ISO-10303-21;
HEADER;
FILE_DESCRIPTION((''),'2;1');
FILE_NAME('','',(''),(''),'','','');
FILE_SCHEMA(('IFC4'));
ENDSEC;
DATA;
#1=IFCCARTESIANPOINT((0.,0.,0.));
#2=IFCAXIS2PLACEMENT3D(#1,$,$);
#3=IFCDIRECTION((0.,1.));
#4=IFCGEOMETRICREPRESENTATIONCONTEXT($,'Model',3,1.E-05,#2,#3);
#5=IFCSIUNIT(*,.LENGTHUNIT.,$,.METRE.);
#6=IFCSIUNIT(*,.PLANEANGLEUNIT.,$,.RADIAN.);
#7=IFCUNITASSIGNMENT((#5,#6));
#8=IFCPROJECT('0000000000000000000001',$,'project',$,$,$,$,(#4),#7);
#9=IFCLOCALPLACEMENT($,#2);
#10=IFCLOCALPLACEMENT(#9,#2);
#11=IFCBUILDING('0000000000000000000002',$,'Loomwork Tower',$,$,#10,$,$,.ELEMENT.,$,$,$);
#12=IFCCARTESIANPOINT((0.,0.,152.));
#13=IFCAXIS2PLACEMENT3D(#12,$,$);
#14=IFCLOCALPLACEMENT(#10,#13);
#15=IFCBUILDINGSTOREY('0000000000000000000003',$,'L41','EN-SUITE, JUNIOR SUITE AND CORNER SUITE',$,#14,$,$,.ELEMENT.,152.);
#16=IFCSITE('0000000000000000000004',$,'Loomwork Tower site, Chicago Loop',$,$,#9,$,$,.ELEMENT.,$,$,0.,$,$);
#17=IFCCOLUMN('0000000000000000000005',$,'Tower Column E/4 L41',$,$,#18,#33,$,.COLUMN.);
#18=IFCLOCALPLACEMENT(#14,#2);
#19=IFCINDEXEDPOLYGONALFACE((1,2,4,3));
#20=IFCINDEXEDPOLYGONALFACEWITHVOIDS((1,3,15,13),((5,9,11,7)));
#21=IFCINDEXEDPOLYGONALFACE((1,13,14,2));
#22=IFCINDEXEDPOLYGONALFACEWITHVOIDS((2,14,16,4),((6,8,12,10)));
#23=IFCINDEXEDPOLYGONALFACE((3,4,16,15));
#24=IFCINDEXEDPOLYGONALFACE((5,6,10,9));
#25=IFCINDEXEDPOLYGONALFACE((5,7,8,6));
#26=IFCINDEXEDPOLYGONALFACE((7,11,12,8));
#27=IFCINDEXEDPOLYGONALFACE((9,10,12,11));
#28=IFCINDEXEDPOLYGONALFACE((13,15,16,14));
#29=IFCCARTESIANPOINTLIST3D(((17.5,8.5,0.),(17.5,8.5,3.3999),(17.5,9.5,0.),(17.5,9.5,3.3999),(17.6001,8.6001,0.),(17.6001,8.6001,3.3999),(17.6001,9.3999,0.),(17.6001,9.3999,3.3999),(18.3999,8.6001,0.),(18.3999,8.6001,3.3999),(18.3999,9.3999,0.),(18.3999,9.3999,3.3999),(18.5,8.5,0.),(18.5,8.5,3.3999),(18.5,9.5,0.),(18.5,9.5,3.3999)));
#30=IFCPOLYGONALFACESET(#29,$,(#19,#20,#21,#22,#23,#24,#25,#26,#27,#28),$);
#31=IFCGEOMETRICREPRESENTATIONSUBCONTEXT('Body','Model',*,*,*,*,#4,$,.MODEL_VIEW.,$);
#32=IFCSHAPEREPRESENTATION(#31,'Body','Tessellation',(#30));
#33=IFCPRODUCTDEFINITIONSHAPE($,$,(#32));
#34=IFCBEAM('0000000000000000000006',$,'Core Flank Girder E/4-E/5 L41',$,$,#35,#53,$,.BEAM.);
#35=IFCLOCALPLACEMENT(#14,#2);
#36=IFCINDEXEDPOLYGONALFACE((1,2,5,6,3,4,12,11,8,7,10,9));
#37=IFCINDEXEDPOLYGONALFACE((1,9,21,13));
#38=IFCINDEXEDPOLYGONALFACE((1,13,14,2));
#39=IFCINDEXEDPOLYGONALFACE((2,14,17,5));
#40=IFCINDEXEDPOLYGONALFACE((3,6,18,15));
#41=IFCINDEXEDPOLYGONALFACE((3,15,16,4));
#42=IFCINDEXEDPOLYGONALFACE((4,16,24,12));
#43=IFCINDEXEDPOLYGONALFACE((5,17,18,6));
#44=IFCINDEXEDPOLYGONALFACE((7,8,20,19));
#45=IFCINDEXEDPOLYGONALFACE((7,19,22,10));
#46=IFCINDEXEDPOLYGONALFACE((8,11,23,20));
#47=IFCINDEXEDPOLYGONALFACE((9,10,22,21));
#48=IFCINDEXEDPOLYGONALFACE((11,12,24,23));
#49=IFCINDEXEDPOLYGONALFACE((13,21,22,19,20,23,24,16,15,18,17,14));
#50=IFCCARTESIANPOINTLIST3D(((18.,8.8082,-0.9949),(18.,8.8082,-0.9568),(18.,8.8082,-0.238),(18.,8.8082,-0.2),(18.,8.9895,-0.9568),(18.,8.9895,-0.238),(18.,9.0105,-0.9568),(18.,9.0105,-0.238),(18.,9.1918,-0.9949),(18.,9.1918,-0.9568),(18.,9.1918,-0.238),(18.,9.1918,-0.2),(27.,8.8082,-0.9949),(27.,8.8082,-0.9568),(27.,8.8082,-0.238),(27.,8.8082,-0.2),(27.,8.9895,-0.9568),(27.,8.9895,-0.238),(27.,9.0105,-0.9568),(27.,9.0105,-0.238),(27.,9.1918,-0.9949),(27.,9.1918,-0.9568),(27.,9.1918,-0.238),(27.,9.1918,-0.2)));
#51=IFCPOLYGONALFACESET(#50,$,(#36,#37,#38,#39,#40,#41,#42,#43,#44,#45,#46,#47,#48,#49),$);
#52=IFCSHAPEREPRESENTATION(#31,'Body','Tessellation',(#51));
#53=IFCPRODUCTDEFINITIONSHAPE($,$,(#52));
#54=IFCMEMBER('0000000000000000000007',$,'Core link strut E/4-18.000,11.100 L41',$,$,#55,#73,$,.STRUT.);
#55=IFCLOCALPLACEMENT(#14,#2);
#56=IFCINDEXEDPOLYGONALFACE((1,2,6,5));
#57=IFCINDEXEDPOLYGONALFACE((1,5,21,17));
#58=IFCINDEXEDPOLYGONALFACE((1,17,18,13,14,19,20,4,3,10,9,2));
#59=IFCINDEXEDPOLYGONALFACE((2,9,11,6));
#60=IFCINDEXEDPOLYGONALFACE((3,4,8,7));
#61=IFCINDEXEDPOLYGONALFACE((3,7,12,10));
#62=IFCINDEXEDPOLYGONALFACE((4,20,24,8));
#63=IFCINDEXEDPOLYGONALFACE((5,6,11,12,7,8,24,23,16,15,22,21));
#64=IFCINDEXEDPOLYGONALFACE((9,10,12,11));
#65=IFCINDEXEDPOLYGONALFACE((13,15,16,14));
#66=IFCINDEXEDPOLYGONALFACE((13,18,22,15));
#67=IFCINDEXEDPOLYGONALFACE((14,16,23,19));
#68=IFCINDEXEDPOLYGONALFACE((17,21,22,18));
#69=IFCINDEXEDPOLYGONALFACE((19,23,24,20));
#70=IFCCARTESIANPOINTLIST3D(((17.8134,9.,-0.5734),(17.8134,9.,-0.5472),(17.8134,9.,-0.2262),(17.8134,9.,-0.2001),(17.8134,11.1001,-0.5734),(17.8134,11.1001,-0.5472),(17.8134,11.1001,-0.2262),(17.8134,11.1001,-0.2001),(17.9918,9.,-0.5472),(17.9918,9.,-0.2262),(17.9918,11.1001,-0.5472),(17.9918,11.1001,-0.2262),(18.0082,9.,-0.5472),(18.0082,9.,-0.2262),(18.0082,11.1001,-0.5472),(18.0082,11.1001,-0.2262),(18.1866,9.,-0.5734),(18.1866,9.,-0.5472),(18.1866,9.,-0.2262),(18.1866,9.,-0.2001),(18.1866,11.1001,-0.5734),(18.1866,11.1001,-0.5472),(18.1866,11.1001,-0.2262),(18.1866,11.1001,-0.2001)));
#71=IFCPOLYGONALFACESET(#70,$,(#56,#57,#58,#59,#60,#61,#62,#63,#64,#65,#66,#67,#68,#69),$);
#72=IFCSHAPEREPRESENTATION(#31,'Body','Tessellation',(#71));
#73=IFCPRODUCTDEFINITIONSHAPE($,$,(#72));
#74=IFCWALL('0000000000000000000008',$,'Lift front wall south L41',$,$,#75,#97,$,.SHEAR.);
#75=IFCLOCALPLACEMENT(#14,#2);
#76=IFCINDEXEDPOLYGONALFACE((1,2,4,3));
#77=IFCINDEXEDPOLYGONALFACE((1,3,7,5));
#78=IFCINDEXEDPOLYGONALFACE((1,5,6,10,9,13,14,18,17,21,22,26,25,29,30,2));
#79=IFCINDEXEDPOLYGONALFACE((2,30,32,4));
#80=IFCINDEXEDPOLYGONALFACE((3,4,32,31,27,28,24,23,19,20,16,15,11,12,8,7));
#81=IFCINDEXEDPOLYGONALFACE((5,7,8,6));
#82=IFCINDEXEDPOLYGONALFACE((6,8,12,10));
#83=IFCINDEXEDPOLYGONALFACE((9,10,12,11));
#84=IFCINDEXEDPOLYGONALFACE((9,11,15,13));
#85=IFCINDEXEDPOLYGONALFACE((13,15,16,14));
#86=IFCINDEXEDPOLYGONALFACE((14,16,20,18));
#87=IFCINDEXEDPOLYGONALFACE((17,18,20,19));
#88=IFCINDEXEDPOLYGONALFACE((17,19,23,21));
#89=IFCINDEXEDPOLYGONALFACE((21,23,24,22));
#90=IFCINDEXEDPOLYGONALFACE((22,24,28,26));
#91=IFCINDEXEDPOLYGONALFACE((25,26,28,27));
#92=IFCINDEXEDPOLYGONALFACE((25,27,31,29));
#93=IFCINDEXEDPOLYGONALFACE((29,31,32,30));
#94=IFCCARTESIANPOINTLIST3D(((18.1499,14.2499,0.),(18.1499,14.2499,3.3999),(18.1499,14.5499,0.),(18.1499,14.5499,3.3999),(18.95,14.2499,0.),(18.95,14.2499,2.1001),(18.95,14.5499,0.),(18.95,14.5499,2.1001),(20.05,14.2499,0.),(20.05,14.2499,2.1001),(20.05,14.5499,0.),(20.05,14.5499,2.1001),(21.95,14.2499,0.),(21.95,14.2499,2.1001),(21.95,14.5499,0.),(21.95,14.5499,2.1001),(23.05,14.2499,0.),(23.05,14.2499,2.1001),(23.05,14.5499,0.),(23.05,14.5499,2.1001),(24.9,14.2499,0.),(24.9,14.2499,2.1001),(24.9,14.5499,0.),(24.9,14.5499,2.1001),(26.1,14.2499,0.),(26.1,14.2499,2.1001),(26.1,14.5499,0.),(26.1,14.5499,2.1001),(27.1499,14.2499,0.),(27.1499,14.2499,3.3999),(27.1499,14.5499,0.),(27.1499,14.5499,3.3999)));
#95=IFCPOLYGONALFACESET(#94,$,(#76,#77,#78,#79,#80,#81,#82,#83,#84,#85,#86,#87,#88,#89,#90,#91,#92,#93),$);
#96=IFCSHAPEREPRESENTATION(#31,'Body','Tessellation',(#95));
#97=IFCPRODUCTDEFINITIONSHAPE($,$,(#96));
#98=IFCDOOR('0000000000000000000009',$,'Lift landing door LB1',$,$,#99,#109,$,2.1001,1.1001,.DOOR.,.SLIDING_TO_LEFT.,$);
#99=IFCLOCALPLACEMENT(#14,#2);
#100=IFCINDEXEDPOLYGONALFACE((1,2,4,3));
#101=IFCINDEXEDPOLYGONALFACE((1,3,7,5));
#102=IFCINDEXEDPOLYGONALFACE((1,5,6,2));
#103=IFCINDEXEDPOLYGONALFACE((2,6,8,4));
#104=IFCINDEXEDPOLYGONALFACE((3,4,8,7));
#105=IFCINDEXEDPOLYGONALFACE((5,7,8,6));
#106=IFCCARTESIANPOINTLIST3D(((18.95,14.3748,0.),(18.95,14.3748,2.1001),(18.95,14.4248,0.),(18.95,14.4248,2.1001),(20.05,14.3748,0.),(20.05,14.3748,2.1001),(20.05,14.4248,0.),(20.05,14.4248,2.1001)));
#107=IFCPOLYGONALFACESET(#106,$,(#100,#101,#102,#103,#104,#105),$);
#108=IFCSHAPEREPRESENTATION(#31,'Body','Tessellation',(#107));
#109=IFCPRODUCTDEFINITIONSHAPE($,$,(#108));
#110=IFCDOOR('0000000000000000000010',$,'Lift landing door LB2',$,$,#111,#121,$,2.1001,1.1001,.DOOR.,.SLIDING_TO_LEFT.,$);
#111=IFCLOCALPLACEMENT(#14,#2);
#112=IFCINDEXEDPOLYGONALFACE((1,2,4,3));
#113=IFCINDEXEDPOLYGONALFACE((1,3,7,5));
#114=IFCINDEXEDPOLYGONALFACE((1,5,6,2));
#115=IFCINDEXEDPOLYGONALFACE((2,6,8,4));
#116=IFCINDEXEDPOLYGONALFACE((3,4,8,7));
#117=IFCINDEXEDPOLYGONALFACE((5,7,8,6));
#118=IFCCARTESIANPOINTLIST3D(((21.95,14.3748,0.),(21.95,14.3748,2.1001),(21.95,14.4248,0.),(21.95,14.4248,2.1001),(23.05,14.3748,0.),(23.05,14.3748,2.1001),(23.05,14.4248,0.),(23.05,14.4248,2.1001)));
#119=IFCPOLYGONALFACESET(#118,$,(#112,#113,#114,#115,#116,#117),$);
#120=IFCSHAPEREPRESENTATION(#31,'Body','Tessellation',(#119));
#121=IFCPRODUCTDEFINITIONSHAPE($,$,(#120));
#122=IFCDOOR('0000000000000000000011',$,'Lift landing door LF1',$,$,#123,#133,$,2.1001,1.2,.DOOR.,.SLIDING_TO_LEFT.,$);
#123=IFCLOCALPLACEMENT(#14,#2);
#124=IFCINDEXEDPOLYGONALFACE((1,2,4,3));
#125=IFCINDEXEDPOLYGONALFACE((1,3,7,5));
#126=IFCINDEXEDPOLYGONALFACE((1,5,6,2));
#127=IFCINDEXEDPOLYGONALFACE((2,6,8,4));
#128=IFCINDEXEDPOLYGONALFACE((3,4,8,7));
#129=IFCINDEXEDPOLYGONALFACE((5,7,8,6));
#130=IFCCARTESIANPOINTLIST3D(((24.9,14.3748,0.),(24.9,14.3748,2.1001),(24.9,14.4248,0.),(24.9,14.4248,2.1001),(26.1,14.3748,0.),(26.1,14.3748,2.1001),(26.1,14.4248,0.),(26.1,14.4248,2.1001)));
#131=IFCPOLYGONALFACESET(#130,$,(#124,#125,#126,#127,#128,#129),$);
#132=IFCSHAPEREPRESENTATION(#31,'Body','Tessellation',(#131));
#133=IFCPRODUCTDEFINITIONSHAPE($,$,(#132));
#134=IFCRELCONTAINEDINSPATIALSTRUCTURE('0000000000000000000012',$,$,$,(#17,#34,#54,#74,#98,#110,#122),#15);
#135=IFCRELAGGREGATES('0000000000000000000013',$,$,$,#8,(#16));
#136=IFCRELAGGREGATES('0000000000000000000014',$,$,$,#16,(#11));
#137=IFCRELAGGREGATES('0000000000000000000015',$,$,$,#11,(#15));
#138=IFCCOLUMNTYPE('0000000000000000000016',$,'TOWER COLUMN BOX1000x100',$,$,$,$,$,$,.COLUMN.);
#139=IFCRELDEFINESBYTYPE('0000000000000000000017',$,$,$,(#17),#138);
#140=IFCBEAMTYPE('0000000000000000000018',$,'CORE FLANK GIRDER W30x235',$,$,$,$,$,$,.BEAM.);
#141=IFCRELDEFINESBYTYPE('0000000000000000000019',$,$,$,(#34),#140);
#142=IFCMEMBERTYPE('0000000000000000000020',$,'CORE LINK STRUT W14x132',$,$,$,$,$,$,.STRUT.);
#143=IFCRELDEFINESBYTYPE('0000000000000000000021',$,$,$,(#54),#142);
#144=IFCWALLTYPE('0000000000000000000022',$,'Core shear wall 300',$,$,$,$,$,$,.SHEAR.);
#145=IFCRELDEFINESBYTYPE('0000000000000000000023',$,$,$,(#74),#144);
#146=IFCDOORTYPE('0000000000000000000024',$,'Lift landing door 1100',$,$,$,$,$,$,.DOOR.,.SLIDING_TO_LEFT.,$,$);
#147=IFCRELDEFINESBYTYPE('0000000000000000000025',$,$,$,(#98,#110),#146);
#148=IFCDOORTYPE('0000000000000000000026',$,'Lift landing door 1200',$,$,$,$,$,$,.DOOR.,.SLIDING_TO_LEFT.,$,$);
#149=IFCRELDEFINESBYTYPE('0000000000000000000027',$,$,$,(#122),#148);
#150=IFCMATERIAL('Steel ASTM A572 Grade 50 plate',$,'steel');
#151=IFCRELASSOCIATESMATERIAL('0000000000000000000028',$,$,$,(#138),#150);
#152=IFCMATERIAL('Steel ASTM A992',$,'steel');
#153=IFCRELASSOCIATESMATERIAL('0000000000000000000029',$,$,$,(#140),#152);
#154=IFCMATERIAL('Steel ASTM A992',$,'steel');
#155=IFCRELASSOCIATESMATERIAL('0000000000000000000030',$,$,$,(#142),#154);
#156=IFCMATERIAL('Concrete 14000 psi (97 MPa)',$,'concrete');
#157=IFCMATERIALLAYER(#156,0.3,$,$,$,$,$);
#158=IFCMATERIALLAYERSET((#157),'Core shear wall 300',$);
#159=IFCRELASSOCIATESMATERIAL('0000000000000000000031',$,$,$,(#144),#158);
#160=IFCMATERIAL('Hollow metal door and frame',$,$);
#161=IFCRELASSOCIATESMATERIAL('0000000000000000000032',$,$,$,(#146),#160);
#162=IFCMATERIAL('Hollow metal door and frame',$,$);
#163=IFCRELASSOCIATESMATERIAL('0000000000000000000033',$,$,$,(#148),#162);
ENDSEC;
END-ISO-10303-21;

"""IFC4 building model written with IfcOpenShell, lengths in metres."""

from ifc_helpers import new_model, si_unit, direction, frame, frame_2d, origin, origin_2d, place, context, subcontext, project, spatial, rectangle, hollow_rectangle, i_section, extrude, material, layer, layer_set, material_profile, profile_set, type_object, element, fill, save


model = new_model("IFC4")

# Units and contexts
model_context = context("Model", 3, precision=1e-05, world=origin(), true_north=direction((0.0, 1.0)))
body_context = subcontext(model_context, "Body", "Model", "MODEL_VIEW")
ifc_project = project(units=[si_unit("LENGTHUNIT", "METRE"), si_unit("PLANEANGLEUNIT", "RADIAN")], contexts=[model_context])

# Site, building, storey
site_placement = place(None, origin())
site = spatial("IfcSite", under=ifc_project, at=site_placement, Name="Loomwork Tower site, Chicago Loop", CompositionType="ELEMENT", RefElevation=0.0)
building_placement = place(site_placement, origin())
building = spatial("IfcBuilding", under=site, at=building_placement, Name="Loomwork Tower", CompositionType="ELEMENT")
storey_placement = place(building_placement, frame((0.0, 0.0, 152.0)))
storey = spatial("IfcBuildingStorey", under=building, at=storey_placement, Name="L41", Description="EN-SUITE, JUNIOR SUITE AND CORNER SUITE", CompositionType="ELEMENT", Elevation=152.0)

# Column
ifc_material_1 = material(Name="Steel ASTM A572 Grade 50 plate", Category="steel")
ifc_material_profile_1 = material_profile(ifc_material_1, hollow_rectangle(XDim=1.0, YDim=1.0, WallThickness=0.1001, at=origin_2d()), Name="BOX1000x100")
ifc_profile_set_1 = profile_set([ifc_material_profile_1], Name="Steel ASTM A572 Grade 50 plate")
column_type = type_object("IfcColumnType", Name="TOWER COLUMN BOX1000x100", PredefinedType="COLUMN", material=ifc_profile_set_1)
column_placement = place(storey_placement, frame((18.0, 9.0, 0.0), z_axis=(0.0, 0.0, 1.0), x_axis=(1.0, 0.0, 0.0)))
element("IfcColumn", 1, at=column_placement, inside=storey, type_object=column_type, Name="Tower Column E/4 L41", PredefinedType="COLUMN", context=body_context, shape_type="SweptSolid", body=[
    extrude(hollow_rectangle(XDim=1.0, YDim=1.0, WallThickness=0.1001, at=origin_2d()), origin(), (0.0, 0.0, 1.0), 3.3999),
])

# Beam
ifc_material_2 = material(Name="Steel ASTM A992", Category="steel")
ifc_material_profile_2 = material_profile(ifc_material_2, i_section(OverallWidth=0.3835, OverallDepth=0.7949, WebThickness=0.021, FlangeThickness=0.0381, at=origin_2d()), Name="W30x235")
ifc_profile_set_2 = profile_set([ifc_material_profile_2], Name="Steel ASTM A992")
beam_type = type_object("IfcBeamType", Name="CORE FLANK GIRDER W30x235", PredefinedType="BEAM", material=ifc_profile_set_2)
beam_placement = place(storey_placement, frame((18.0, 9.0, -0.5974), z_axis=(1.0, 0.0, 0.0), x_axis=(0.0, 1.0, 0.0)))
element("IfcBeam", 2, at=beam_placement, inside=storey, type_object=beam_type, Name="Core Flank Girder E/4-E/5 L41", PredefinedType="BEAM", context=body_context, shape_type="SweptSolid", body=[
    extrude(i_section(OverallWidth=0.3835, OverallDepth=0.7949, WebThickness=0.021, FlangeThickness=0.0381, at=origin_2d()), origin(), (0.0, 0.0, 1.0), 9.0),
])

# Member
ifc_material_3 = material(Name="Steel ASTM A992", Category="steel")
ifc_material_profile_3 = material_profile(ifc_material_3, i_section(OverallWidth=0.3733, OverallDepth=0.3733, WebThickness=0.0164, FlangeThickness=0.0261, at=origin_2d()), Name="W14x132")
ifc_profile_set_3 = profile_set([ifc_material_profile_3], Name="Steel ASTM A992")
member_type = type_object("IfcMemberType", Name="CORE LINK STRUT W14x132", PredefinedType="STRUT", material=ifc_profile_set_3)
member_placement = place(storey_placement, frame((18.0, 9.0, -0.3867), z_axis=(0.0, 1.0, 0.0), x_axis=(-1.0, 0.0, 0.0)))
element("IfcMember", 3, at=member_placement, inside=storey, type_object=member_type, Name="Core link strut E/4-18.000,11.100 L41", PredefinedType="STRUT", context=body_context, shape_type="SweptSolid", body=[
    extrude(i_section(OverallWidth=0.3733, OverallDepth=0.3733, WebThickness=0.0164, FlangeThickness=0.0261, at=origin_2d()), origin(), (0.0, 0.0, 1.0), 2.1001),
])

# Wall, openings, doors
ifc_material_4 = material(Name="Concrete 14000 psi (97 MPa)", Category="concrete")
ifc_layer_1 = layer(ifc_material_4, 0.3)
ifc_layer_set_1 = layer_set([ifc_layer_1], Name="Core shear wall 300")
wall_type_1 = type_object("IfcWallType", Name="Core shear wall 300", PredefinedType="SHEAR", material=ifc_layer_set_1)
wall_1_placement = place(storey_placement, frame((18.1499, 14.3999, 0.0), z_axis=(0.0, 0.0, 1.0), x_axis=(1.0, 0.0, 0.0)))
wall_1 = element("IfcWall", 4, at=wall_1_placement, inside=storey, type_object=wall_type_1, Name="Lift front wall south L41", PredefinedType="SHEAR", context=body_context, shape_type="SweptSolid", body=[
    extrude(rectangle(XDim=9.0, YDim=0.3, at=frame_2d((4.5, 0.0))), origin(), (0.0, 0.0, 1.0), 3.3999),
])
opening_1_placement = place(wall_1_placement, frame((0.8, 0.0, 0.0)))
opening_1 = element("IfcOpeningElement", 5, at=opening_1_placement, cuts=wall_1, PredefinedType="OPENING", context=body_context, shape_type="SweptSolid", body=[
    extrude(rectangle(XDim=1.1001, YDim=2.1001, at=frame_2d((0.55, 1.05))), frame((0.0, 0.1599, 0.0), z_axis=(0.0, -1.0, 0.0), x_axis=(1.0, 0.0, 0.0)), (0.0, 0.0, 1.0), 0.3201),
])
opening_2_placement = place(wall_1_placement, frame((3.8, 0.0, 0.0)))
opening_2 = element("IfcOpeningElement", 6, at=opening_2_placement, cuts=wall_1, PredefinedType="OPENING", context=body_context, shape_type="SweptSolid", body=[
    extrude(rectangle(XDim=1.1001, YDim=2.1001, at=frame_2d((0.55, 1.05))), frame((0.0, 0.1599, 0.0), z_axis=(0.0, -1.0, 0.0), x_axis=(1.0, 0.0, 0.0)), (0.0, 0.0, 1.0), 0.3201),
])
opening_3_placement = place(wall_1_placement, frame((6.75, 0.0, 0.0)))
opening_3 = element("IfcOpeningElement", 7, at=opening_3_placement, cuts=wall_1, PredefinedType="OPENING", context=body_context, shape_type="SweptSolid", body=[
    extrude(rectangle(XDim=1.2, YDim=2.1001, at=frame_2d((0.6001, 1.05))), frame((0.0, 0.1599, 0.0), z_axis=(0.0, -1.0, 0.0), x_axis=(1.0, 0.0, 0.0)), (0.0, 0.0, 1.0), 0.3201),
])
ifc_material_5 = material(Name="Hollow metal door and frame")
door_type_1 = type_object("IfcDoorType", Name="Lift landing door 1100", OperationType="SLIDING_TO_LEFT", PredefinedType="DOOR", material=ifc_material_5)
door_1_placement = place(opening_1_placement, origin())
door_1 = element("IfcDoor", 8, at=door_1_placement, inside=storey, type_object=door_type_1, Name="Lift landing door LB1", OperationType="SLIDING_TO_LEFT", OverallHeight=2.1001, OverallWidth=1.1001, PredefinedType="DOOR", context=body_context, shape_type="SweptSolid", body=[
    extrude(rectangle(XDim=1.1001, YDim=2.1001, at=frame_2d((0.55, 1.05))), frame((0.0, 0.0249, 0.0), z_axis=(0.0, -1.0, 0.0), x_axis=(1.0, 0.0, 0.0)), (0.0, 0.0, 1.0), 0.05),
])
fill(opening_1, door_1)
door_2_placement = place(opening_2_placement, origin())
door_2 = element("IfcDoor", 9, at=door_2_placement, inside=storey, type_object=door_type_1, Name="Lift landing door LB2", OperationType="SLIDING_TO_LEFT", OverallHeight=2.1001, OverallWidth=1.1001, PredefinedType="DOOR", context=body_context, shape_type="SweptSolid", body=[
    extrude(rectangle(XDim=1.1001, YDim=2.1001, at=frame_2d((0.55, 1.05))), frame((0.0, 0.0249, 0.0), z_axis=(0.0, -1.0, 0.0), x_axis=(1.0, 0.0, 0.0)), (0.0, 0.0, 1.0), 0.05),
])
fill(opening_2, door_2)
ifc_material_6 = material(Name="Hollow metal door and frame")
door_type_2 = type_object("IfcDoorType", Name="Lift landing door 1200", OperationType="SLIDING_TO_LEFT", PredefinedType="DOOR", material=ifc_material_6)
door_3_placement = place(opening_3_placement, origin())
door_3 = element("IfcDoor", 10, at=door_3_placement, inside=storey, type_object=door_type_2, Name="Lift landing door LF1", OperationType="SLIDING_TO_LEFT", OverallHeight=2.1001, OverallWidth=1.2, PredefinedType="DOOR", context=body_context, shape_type="SweptSolid", body=[
    extrude(rectangle(XDim=1.2, YDim=2.1001, at=frame_2d((0.6001, 1.05))), frame((0.0, 0.0249, 0.0), z_axis=(0.0, -1.0, 0.0), x_axis=(1.0, 0.0, 0.0)), (0.0, 0.0, 1.0), 0.05),
])
fill(opening_3, door_3)

save(model, "model.ifc")
